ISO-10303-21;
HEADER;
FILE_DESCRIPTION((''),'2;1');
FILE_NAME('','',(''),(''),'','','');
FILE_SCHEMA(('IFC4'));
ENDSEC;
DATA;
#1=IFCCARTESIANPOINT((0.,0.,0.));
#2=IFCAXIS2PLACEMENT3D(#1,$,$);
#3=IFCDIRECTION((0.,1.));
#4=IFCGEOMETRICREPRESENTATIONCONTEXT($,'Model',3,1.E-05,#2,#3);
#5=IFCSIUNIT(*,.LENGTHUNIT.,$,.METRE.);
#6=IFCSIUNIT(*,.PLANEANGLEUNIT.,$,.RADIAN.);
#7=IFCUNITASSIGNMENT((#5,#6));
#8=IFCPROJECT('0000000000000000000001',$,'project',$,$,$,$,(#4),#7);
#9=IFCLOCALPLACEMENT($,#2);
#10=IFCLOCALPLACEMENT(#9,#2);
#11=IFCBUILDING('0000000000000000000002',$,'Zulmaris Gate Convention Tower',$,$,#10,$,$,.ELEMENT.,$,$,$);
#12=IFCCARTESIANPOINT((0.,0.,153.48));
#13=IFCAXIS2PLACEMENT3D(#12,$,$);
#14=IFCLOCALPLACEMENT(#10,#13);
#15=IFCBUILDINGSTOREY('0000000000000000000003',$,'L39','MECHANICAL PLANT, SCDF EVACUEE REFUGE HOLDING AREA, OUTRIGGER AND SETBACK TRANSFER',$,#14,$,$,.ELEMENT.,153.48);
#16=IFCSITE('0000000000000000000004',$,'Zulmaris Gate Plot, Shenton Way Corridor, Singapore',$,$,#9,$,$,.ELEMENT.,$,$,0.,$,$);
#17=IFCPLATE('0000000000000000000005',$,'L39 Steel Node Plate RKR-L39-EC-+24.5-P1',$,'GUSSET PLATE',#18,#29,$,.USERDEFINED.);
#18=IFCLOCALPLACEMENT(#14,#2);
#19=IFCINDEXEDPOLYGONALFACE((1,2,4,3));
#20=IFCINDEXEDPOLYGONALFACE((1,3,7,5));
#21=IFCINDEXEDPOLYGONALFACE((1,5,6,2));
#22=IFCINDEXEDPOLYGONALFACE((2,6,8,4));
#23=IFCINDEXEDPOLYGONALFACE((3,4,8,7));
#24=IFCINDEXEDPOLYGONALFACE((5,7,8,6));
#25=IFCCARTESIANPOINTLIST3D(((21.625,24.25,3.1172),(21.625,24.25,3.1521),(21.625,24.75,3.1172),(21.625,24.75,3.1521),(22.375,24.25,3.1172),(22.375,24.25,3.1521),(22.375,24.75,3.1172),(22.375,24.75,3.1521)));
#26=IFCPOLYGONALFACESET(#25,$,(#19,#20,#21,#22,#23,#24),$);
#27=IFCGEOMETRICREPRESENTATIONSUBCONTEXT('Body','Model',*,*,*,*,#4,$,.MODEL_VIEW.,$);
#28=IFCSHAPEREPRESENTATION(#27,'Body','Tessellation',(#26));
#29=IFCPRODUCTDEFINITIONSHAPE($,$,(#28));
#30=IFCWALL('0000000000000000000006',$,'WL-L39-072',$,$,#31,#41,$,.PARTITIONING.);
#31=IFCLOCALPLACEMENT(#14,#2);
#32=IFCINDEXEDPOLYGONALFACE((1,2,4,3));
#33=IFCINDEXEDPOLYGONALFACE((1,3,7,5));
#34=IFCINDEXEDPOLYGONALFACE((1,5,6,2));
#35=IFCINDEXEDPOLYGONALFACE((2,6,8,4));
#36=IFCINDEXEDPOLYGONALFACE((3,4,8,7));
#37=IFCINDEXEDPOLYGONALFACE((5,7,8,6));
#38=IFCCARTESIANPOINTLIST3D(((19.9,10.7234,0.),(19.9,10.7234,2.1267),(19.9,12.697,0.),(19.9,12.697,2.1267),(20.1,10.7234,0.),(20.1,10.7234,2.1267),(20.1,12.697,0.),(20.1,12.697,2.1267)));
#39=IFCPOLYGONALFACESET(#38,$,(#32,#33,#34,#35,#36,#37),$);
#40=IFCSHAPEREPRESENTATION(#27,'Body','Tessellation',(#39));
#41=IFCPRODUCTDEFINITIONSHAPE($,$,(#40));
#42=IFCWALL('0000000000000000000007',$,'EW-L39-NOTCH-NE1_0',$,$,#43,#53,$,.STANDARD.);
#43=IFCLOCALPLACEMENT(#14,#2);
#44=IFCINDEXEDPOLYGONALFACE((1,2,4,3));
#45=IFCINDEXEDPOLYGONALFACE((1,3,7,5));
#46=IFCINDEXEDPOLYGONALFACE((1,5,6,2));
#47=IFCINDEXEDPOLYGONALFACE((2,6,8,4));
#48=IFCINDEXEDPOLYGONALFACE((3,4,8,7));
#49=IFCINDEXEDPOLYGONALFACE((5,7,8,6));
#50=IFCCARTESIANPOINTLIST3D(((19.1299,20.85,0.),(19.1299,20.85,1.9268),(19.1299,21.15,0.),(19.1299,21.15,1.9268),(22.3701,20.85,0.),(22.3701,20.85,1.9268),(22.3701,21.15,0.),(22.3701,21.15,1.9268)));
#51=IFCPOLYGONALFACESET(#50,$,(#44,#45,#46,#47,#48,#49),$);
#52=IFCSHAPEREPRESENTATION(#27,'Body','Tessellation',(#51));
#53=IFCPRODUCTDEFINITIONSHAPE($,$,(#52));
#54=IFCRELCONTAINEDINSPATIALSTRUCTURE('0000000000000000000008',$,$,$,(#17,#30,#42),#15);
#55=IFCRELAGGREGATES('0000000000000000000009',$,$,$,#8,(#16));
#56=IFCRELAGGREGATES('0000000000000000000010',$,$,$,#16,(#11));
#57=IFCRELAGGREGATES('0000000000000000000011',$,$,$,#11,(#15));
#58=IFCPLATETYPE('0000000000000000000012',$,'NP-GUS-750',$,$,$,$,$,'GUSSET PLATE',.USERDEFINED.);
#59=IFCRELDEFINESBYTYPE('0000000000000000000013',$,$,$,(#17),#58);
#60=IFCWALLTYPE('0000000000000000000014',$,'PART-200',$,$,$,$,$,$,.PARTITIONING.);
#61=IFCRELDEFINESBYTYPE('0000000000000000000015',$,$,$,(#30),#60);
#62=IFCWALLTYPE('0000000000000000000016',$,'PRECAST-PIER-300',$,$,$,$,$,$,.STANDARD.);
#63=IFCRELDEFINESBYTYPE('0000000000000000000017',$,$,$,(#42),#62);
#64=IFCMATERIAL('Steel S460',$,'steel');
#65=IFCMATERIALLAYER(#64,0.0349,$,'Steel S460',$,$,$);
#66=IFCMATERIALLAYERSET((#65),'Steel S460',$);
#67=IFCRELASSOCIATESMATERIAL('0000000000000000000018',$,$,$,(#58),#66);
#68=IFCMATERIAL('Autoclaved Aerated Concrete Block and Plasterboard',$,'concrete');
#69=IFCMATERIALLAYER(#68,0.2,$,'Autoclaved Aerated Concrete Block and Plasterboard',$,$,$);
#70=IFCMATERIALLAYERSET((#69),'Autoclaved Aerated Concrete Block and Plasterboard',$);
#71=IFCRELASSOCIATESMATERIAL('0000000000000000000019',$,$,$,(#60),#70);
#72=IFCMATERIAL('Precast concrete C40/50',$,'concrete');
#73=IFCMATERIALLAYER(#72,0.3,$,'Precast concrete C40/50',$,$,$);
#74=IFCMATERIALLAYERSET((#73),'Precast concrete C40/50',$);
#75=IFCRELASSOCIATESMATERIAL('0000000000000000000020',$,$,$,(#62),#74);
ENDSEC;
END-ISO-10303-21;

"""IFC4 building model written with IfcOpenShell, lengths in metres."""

from ifc_helpers import new_model, si_unit, direction, frame, frame_2d, origin, origin_2d, place, context, subcontext, project, spatial, rectangle, extrude, material, layer, layer_set, type_object, element, save


model = new_model("IFC4")

# Units and contexts
model_context = context("Model", 3, precision=1e-05, world=origin(), true_north=direction((0.0, 1.0)))
body_context = subcontext(model_context, "Body", "Model", "MODEL_VIEW")
ifc_project = project(units=[si_unit("LENGTHUNIT", "METRE"), si_unit("PLANEANGLEUNIT", "RADIAN")], contexts=[model_context])

# Site, building, storey
site_placement = place(None, origin())
site = spatial("IfcSite", under=ifc_project, at=site_placement, Name="Zulmaris Gate Plot, Shenton Way Corridor, Singapore", CompositionType="ELEMENT", RefElevation=0.0)
building_placement = place(site_placement, origin())
building = spatial("IfcBuilding", under=site, at=building_placement, Name="Zulmaris Gate Convention Tower", CompositionType="ELEMENT")
storey_placement = place(building_placement, frame((0.0, 0.0, 153.48)))
storey = spatial("IfcBuildingStorey", under=building, at=storey_placement, Name="L39", Description="MECHANICAL PLANT, SCDF EVACUEE REFUGE HOLDING AREA, OUTRIGGER AND SETBACK TRANSFER", CompositionType="ELEMENT", Elevation=153.48)

# Shared definitions
ifc_material_1 = material(Name="Steel S460", Category="steel")

# Plate
ifc_layer_1 = layer(ifc_material_1, 0.0349, Name="Steel S460")
ifc_layer_set_1 = layer_set([ifc_layer_1], Name="Steel S460")
plate_type_1 = type_object("IfcPlateType", Name="NP-GUS-750", ElementType="GUSSET PLATE", PredefinedType="USERDEFINED", material=ifc_layer_set_1)
plate_placement = place(storey_placement, frame((22.0, 24.5, 3.1172), z_axis=(0.0, 0.0, 1.0), x_axis=(1.0, 0.0, 0.0)))
element("IfcPlate", 1, at=plate_placement, inside=storey, type_object=plate_type_1, Name="L39 Steel Node Plate RKR-L39-EC-+24.5-P1", ObjectType="GUSSET PLATE", PredefinedType="USERDEFINED", context=body_context, shape_type="SweptSolid", body=[
    extrude(rectangle(XDim=0.75, YDim=0.5, at=origin_2d()), origin(), (0.0, 0.0, 1.0), 0.0349),
])

# Walls
ifc_material_2 = material(Name="Autoclaved Aerated Concrete Block and Plasterboard", Category="concrete")
ifc_layer_2 = layer(ifc_material_2, 0.2, Name="Autoclaved Aerated Concrete Block and Plasterboard")
ifc_layer_set_2 = layer_set([ifc_layer_2], Name="Autoclaved Aerated Concrete Block and Plasterboard")
wall_type_1 = type_object("IfcWallType", Name="PART-200", PredefinedType="PARTITIONING", material=ifc_layer_set_2)
wall_1_placement = place(storey_placement, frame((20.0, 10.7234, 0.0), z_axis=(0.0, 0.0, 1.0), x_axis=(0.0, 1.0, 0.0)))
element("IfcWall", 2, at=wall_1_placement, inside=storey, type_object=wall_type_1, Name="WL-L39-072", PredefinedType="PARTITIONING", context=body_context, shape_type="SweptSolid", body=[
    extrude(rectangle(XDim=1.9736, YDim=0.2, at=frame_2d((0.9868, 0.0))), origin(), (0.0, 0.0, 1.0), 2.1267),
])
ifc_material_3 = material(Name="Precast concrete C40/50", Category="concrete")
ifc_layer_3 = layer(ifc_material_3, 0.3, Name="Precast concrete C40/50")
ifc_layer_set_3 = layer_set([ifc_layer_3], Name="Precast concrete C40/50")
wall_type_2 = type_object("IfcWallType", Name="PRECAST-PIER-300", PredefinedType="STANDARD", material=ifc_layer_set_3)
wall_2_placement = place(storey_placement, frame((22.3701, 21.0, 0.0), z_axis=(0.0, 0.0, 1.0), x_axis=(-1.0, 0.0, 0.0)))
element("IfcWall", 3, at=wall_2_placement, inside=storey, type_object=wall_type_2, Name="EW-L39-NOTCH-NE1_0", PredefinedType="STANDARD", context=body_context, shape_type="SweptSolid", body=[
    extrude(rectangle(XDim=3.2402, YDim=0.3, at=frame_2d((1.6201, 0.0))), origin(), (0.0, 0.0, 1.0), 1.9268),
])

save(model, "model.ifc")
